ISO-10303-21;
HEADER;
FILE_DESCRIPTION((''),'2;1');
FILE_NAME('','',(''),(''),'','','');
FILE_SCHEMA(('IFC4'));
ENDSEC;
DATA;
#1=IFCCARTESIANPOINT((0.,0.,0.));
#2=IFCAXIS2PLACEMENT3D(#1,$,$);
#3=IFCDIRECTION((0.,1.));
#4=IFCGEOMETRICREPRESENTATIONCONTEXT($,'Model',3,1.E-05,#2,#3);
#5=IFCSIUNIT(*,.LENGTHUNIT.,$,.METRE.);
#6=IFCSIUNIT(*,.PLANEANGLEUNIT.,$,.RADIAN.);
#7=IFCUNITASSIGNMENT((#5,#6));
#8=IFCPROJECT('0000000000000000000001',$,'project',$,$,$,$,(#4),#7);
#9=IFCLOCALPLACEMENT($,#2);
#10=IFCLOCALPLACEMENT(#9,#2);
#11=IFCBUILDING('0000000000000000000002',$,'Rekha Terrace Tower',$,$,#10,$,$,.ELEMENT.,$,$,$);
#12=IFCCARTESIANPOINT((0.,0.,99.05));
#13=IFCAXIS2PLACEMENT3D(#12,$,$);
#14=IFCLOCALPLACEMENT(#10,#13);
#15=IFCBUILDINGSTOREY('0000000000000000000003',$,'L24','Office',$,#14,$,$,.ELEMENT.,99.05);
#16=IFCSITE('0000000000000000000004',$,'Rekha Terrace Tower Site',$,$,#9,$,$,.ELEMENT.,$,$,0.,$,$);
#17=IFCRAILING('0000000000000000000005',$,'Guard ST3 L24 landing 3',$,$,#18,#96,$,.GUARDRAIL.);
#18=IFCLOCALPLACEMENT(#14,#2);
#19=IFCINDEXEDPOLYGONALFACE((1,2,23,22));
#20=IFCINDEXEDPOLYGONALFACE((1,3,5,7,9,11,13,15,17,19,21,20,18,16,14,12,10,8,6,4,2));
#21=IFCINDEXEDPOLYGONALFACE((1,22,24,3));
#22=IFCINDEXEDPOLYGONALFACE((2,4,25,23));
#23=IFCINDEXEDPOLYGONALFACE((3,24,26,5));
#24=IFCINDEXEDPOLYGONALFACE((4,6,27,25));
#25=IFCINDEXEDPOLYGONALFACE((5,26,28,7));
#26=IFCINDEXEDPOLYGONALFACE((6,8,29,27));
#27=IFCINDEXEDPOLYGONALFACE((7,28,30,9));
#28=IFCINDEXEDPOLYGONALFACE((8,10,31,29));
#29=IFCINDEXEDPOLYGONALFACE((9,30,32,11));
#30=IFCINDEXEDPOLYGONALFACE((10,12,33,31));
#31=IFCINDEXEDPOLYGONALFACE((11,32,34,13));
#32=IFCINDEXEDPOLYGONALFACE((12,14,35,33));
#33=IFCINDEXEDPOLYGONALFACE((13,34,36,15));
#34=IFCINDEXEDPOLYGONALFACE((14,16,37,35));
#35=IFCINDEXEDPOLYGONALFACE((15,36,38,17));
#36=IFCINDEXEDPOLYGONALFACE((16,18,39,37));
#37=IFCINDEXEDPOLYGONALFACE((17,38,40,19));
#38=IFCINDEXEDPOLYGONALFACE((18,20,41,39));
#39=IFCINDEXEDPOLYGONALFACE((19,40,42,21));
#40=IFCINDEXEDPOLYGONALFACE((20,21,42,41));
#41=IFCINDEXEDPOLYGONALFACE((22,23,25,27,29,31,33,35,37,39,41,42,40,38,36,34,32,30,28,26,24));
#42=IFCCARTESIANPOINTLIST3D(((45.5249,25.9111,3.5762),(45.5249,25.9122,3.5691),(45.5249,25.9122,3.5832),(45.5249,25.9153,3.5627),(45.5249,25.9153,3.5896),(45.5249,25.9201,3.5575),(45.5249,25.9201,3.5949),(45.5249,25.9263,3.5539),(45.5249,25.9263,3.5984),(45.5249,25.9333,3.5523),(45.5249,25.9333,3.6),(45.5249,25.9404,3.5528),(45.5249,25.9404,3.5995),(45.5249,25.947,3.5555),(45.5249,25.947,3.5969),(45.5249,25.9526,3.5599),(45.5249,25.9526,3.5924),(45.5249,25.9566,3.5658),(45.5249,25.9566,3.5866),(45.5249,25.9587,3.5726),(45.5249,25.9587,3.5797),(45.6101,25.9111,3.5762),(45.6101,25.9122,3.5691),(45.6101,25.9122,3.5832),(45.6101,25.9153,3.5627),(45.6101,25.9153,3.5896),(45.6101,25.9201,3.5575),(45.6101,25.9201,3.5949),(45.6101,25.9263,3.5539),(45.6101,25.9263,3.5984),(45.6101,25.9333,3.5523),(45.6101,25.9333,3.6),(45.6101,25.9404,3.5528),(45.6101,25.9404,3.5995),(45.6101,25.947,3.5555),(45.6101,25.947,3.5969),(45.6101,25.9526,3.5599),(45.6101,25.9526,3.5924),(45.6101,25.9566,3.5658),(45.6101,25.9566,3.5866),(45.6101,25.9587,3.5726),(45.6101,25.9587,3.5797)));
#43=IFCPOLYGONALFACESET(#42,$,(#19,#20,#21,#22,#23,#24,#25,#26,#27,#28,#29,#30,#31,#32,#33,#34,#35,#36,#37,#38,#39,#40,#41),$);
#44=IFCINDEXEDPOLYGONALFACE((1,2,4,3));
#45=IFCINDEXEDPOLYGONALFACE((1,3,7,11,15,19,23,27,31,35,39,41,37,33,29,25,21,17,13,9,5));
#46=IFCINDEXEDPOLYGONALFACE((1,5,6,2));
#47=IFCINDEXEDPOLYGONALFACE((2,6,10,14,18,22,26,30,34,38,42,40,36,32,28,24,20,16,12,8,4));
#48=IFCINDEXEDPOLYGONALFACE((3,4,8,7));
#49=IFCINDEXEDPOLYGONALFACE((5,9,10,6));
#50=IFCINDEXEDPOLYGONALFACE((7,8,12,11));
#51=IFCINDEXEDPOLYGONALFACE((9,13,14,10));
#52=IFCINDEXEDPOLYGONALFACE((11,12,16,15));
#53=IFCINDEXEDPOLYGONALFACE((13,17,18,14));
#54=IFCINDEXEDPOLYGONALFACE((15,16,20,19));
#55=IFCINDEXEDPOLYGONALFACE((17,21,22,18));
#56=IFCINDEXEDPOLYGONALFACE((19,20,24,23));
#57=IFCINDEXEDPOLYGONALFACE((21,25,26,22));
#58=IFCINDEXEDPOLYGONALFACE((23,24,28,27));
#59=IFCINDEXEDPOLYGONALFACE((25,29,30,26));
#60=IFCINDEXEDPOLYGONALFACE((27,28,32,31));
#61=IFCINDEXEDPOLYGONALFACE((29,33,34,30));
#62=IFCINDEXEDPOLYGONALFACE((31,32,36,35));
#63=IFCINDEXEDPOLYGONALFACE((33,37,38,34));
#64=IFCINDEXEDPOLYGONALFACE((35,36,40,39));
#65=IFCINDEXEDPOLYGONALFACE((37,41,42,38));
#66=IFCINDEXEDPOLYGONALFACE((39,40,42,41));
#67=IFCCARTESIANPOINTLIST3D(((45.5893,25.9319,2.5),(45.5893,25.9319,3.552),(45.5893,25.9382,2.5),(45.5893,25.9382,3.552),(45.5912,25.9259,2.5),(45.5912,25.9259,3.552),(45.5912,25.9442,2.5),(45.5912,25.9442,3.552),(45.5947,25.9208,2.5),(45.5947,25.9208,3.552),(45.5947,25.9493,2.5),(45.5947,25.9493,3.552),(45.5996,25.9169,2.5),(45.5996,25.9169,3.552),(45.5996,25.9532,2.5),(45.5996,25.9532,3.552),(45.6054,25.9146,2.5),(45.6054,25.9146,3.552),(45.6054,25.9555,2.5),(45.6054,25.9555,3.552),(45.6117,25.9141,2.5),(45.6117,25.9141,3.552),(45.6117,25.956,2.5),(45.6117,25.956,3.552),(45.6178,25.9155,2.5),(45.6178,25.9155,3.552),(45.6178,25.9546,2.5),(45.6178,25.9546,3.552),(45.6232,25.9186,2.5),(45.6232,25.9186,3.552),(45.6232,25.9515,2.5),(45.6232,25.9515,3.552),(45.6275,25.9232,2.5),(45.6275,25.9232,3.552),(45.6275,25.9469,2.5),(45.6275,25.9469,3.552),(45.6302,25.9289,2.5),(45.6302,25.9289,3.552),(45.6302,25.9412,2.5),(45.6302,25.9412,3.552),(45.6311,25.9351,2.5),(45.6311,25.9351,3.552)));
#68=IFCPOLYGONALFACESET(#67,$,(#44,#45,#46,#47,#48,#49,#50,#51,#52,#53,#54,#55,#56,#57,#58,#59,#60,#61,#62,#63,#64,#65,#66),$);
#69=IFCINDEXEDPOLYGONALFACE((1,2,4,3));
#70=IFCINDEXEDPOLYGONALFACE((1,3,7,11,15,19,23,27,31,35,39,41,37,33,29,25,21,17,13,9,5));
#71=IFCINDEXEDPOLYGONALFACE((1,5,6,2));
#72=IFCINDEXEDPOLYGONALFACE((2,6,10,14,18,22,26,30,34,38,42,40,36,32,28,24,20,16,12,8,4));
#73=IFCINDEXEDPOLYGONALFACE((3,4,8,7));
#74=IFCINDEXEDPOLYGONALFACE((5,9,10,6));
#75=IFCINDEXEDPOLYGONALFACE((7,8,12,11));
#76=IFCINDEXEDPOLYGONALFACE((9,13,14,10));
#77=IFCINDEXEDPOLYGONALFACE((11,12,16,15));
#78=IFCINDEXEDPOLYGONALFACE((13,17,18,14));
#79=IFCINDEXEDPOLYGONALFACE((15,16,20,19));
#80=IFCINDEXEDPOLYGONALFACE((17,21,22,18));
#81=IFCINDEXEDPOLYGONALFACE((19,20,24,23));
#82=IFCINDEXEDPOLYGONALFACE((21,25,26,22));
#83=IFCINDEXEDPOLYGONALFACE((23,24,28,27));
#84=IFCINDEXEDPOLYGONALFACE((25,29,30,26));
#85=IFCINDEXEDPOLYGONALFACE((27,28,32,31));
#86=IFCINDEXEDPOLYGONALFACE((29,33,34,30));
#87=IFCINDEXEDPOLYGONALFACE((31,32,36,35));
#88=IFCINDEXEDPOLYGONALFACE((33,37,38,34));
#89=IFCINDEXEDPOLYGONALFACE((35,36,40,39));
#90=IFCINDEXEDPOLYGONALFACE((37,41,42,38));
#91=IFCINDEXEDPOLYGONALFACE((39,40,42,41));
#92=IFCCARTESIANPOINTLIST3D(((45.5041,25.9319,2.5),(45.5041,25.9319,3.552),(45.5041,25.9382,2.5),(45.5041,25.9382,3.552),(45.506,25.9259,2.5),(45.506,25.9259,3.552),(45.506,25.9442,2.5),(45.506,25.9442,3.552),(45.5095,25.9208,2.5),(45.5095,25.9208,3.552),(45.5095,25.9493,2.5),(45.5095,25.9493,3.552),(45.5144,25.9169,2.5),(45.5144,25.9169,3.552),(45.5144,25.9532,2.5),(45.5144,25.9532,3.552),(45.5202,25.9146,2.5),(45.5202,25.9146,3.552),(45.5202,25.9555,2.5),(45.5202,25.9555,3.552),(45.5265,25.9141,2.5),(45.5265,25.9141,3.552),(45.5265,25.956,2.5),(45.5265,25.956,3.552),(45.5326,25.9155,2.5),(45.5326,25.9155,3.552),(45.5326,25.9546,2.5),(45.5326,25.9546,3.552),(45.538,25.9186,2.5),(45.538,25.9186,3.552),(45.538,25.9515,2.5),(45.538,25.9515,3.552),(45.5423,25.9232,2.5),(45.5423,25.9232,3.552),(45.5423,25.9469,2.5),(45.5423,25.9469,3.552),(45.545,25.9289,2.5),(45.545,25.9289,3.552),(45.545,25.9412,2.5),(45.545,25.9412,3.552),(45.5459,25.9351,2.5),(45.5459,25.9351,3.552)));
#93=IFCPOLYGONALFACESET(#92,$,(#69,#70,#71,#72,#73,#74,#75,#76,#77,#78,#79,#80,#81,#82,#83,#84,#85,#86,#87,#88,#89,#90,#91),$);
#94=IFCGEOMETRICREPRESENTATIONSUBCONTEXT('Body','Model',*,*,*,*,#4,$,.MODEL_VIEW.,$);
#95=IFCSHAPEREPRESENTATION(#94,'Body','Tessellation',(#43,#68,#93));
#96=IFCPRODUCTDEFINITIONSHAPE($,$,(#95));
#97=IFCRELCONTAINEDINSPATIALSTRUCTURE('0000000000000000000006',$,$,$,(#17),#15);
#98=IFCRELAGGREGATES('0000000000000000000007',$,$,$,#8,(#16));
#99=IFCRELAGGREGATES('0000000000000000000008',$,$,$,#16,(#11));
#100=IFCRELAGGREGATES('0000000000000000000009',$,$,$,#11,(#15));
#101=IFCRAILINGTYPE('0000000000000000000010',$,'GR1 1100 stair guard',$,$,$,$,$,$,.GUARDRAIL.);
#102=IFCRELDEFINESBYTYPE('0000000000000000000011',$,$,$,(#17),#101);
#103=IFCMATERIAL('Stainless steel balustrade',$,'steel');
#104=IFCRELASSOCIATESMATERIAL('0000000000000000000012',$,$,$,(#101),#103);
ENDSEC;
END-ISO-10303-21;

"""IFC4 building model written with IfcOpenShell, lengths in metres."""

from ifc_helpers import new_model, si_unit, direction, frame, origin, origin_2d, place, context, subcontext, project, spatial, circle, extrude, material, type_object, element, save


model = new_model("IFC4")

# Units and contexts
model_context = context("Model", 3, precision=1e-05, world=origin(), true_north=direction((0.0, 1.0)))
body_context = subcontext(model_context, "Body", "Model", "MODEL_VIEW")
ifc_project = project(units=[si_unit("LENGTHUNIT", "METRE"), si_unit("PLANEANGLEUNIT", "RADIAN")], contexts=[model_context])

# Site, building, storey
site_placement = place(None, origin())
site = spatial("IfcSite", under=ifc_project, at=site_placement, Name="Rekha Terrace Tower Site", CompositionType="ELEMENT", RefElevation=0.0)
building_placement = place(site_placement, origin())
building = spatial("IfcBuilding", under=site, at=building_placement, Name="Rekha Terrace Tower", CompositionType="ELEMENT")
storey_placement = place(building_placement, frame((0.0, 0.0, 99.05)))
storey = spatial("IfcBuildingStorey", under=building, at=storey_placement, Name="L24", Description="Office", CompositionType="ELEMENT", Elevation=99.05)

# Railing
ifc_material_1 = material(Name="Stainless steel balustrade", Category="steel")
railing_type_1 = type_object("IfcRailingType", Name="GR1 1100 stair guard", PredefinedType="GUARDRAIL", material=ifc_material_1)
railing_1_placement = place(storey_placement, frame((45.6101, 25.9351, 2.5)))
element("IfcRailing", 1, at=railing_1_placement, inside=storey, type_object=railing_type_1, Name="Guard ST3 L24 landing 3", PredefinedType="GUARDRAIL", context=body_context, shape_type="SweptSolid", body=[
    extrude(circle(Radius=0.0239, at=origin_2d()), frame((0.0, 0.0, 1.0762), z_axis=(-1.0, 0.0, 0.0), x_axis=(0.0, -1.0, 0.0)), (0.0, 0.0, 1.0), 0.0852),
    extrude(circle(Radius=0.021, at=origin_2d()), origin(), (0.0, 0.0, 1.0), 1.052),
    extrude(circle(Radius=0.021, at=origin_2d()), frame((-0.0852, 0.0, 0.0)), (0.0, 0.0, 1.0), 1.052),
])

save(model, "model.ifc")
